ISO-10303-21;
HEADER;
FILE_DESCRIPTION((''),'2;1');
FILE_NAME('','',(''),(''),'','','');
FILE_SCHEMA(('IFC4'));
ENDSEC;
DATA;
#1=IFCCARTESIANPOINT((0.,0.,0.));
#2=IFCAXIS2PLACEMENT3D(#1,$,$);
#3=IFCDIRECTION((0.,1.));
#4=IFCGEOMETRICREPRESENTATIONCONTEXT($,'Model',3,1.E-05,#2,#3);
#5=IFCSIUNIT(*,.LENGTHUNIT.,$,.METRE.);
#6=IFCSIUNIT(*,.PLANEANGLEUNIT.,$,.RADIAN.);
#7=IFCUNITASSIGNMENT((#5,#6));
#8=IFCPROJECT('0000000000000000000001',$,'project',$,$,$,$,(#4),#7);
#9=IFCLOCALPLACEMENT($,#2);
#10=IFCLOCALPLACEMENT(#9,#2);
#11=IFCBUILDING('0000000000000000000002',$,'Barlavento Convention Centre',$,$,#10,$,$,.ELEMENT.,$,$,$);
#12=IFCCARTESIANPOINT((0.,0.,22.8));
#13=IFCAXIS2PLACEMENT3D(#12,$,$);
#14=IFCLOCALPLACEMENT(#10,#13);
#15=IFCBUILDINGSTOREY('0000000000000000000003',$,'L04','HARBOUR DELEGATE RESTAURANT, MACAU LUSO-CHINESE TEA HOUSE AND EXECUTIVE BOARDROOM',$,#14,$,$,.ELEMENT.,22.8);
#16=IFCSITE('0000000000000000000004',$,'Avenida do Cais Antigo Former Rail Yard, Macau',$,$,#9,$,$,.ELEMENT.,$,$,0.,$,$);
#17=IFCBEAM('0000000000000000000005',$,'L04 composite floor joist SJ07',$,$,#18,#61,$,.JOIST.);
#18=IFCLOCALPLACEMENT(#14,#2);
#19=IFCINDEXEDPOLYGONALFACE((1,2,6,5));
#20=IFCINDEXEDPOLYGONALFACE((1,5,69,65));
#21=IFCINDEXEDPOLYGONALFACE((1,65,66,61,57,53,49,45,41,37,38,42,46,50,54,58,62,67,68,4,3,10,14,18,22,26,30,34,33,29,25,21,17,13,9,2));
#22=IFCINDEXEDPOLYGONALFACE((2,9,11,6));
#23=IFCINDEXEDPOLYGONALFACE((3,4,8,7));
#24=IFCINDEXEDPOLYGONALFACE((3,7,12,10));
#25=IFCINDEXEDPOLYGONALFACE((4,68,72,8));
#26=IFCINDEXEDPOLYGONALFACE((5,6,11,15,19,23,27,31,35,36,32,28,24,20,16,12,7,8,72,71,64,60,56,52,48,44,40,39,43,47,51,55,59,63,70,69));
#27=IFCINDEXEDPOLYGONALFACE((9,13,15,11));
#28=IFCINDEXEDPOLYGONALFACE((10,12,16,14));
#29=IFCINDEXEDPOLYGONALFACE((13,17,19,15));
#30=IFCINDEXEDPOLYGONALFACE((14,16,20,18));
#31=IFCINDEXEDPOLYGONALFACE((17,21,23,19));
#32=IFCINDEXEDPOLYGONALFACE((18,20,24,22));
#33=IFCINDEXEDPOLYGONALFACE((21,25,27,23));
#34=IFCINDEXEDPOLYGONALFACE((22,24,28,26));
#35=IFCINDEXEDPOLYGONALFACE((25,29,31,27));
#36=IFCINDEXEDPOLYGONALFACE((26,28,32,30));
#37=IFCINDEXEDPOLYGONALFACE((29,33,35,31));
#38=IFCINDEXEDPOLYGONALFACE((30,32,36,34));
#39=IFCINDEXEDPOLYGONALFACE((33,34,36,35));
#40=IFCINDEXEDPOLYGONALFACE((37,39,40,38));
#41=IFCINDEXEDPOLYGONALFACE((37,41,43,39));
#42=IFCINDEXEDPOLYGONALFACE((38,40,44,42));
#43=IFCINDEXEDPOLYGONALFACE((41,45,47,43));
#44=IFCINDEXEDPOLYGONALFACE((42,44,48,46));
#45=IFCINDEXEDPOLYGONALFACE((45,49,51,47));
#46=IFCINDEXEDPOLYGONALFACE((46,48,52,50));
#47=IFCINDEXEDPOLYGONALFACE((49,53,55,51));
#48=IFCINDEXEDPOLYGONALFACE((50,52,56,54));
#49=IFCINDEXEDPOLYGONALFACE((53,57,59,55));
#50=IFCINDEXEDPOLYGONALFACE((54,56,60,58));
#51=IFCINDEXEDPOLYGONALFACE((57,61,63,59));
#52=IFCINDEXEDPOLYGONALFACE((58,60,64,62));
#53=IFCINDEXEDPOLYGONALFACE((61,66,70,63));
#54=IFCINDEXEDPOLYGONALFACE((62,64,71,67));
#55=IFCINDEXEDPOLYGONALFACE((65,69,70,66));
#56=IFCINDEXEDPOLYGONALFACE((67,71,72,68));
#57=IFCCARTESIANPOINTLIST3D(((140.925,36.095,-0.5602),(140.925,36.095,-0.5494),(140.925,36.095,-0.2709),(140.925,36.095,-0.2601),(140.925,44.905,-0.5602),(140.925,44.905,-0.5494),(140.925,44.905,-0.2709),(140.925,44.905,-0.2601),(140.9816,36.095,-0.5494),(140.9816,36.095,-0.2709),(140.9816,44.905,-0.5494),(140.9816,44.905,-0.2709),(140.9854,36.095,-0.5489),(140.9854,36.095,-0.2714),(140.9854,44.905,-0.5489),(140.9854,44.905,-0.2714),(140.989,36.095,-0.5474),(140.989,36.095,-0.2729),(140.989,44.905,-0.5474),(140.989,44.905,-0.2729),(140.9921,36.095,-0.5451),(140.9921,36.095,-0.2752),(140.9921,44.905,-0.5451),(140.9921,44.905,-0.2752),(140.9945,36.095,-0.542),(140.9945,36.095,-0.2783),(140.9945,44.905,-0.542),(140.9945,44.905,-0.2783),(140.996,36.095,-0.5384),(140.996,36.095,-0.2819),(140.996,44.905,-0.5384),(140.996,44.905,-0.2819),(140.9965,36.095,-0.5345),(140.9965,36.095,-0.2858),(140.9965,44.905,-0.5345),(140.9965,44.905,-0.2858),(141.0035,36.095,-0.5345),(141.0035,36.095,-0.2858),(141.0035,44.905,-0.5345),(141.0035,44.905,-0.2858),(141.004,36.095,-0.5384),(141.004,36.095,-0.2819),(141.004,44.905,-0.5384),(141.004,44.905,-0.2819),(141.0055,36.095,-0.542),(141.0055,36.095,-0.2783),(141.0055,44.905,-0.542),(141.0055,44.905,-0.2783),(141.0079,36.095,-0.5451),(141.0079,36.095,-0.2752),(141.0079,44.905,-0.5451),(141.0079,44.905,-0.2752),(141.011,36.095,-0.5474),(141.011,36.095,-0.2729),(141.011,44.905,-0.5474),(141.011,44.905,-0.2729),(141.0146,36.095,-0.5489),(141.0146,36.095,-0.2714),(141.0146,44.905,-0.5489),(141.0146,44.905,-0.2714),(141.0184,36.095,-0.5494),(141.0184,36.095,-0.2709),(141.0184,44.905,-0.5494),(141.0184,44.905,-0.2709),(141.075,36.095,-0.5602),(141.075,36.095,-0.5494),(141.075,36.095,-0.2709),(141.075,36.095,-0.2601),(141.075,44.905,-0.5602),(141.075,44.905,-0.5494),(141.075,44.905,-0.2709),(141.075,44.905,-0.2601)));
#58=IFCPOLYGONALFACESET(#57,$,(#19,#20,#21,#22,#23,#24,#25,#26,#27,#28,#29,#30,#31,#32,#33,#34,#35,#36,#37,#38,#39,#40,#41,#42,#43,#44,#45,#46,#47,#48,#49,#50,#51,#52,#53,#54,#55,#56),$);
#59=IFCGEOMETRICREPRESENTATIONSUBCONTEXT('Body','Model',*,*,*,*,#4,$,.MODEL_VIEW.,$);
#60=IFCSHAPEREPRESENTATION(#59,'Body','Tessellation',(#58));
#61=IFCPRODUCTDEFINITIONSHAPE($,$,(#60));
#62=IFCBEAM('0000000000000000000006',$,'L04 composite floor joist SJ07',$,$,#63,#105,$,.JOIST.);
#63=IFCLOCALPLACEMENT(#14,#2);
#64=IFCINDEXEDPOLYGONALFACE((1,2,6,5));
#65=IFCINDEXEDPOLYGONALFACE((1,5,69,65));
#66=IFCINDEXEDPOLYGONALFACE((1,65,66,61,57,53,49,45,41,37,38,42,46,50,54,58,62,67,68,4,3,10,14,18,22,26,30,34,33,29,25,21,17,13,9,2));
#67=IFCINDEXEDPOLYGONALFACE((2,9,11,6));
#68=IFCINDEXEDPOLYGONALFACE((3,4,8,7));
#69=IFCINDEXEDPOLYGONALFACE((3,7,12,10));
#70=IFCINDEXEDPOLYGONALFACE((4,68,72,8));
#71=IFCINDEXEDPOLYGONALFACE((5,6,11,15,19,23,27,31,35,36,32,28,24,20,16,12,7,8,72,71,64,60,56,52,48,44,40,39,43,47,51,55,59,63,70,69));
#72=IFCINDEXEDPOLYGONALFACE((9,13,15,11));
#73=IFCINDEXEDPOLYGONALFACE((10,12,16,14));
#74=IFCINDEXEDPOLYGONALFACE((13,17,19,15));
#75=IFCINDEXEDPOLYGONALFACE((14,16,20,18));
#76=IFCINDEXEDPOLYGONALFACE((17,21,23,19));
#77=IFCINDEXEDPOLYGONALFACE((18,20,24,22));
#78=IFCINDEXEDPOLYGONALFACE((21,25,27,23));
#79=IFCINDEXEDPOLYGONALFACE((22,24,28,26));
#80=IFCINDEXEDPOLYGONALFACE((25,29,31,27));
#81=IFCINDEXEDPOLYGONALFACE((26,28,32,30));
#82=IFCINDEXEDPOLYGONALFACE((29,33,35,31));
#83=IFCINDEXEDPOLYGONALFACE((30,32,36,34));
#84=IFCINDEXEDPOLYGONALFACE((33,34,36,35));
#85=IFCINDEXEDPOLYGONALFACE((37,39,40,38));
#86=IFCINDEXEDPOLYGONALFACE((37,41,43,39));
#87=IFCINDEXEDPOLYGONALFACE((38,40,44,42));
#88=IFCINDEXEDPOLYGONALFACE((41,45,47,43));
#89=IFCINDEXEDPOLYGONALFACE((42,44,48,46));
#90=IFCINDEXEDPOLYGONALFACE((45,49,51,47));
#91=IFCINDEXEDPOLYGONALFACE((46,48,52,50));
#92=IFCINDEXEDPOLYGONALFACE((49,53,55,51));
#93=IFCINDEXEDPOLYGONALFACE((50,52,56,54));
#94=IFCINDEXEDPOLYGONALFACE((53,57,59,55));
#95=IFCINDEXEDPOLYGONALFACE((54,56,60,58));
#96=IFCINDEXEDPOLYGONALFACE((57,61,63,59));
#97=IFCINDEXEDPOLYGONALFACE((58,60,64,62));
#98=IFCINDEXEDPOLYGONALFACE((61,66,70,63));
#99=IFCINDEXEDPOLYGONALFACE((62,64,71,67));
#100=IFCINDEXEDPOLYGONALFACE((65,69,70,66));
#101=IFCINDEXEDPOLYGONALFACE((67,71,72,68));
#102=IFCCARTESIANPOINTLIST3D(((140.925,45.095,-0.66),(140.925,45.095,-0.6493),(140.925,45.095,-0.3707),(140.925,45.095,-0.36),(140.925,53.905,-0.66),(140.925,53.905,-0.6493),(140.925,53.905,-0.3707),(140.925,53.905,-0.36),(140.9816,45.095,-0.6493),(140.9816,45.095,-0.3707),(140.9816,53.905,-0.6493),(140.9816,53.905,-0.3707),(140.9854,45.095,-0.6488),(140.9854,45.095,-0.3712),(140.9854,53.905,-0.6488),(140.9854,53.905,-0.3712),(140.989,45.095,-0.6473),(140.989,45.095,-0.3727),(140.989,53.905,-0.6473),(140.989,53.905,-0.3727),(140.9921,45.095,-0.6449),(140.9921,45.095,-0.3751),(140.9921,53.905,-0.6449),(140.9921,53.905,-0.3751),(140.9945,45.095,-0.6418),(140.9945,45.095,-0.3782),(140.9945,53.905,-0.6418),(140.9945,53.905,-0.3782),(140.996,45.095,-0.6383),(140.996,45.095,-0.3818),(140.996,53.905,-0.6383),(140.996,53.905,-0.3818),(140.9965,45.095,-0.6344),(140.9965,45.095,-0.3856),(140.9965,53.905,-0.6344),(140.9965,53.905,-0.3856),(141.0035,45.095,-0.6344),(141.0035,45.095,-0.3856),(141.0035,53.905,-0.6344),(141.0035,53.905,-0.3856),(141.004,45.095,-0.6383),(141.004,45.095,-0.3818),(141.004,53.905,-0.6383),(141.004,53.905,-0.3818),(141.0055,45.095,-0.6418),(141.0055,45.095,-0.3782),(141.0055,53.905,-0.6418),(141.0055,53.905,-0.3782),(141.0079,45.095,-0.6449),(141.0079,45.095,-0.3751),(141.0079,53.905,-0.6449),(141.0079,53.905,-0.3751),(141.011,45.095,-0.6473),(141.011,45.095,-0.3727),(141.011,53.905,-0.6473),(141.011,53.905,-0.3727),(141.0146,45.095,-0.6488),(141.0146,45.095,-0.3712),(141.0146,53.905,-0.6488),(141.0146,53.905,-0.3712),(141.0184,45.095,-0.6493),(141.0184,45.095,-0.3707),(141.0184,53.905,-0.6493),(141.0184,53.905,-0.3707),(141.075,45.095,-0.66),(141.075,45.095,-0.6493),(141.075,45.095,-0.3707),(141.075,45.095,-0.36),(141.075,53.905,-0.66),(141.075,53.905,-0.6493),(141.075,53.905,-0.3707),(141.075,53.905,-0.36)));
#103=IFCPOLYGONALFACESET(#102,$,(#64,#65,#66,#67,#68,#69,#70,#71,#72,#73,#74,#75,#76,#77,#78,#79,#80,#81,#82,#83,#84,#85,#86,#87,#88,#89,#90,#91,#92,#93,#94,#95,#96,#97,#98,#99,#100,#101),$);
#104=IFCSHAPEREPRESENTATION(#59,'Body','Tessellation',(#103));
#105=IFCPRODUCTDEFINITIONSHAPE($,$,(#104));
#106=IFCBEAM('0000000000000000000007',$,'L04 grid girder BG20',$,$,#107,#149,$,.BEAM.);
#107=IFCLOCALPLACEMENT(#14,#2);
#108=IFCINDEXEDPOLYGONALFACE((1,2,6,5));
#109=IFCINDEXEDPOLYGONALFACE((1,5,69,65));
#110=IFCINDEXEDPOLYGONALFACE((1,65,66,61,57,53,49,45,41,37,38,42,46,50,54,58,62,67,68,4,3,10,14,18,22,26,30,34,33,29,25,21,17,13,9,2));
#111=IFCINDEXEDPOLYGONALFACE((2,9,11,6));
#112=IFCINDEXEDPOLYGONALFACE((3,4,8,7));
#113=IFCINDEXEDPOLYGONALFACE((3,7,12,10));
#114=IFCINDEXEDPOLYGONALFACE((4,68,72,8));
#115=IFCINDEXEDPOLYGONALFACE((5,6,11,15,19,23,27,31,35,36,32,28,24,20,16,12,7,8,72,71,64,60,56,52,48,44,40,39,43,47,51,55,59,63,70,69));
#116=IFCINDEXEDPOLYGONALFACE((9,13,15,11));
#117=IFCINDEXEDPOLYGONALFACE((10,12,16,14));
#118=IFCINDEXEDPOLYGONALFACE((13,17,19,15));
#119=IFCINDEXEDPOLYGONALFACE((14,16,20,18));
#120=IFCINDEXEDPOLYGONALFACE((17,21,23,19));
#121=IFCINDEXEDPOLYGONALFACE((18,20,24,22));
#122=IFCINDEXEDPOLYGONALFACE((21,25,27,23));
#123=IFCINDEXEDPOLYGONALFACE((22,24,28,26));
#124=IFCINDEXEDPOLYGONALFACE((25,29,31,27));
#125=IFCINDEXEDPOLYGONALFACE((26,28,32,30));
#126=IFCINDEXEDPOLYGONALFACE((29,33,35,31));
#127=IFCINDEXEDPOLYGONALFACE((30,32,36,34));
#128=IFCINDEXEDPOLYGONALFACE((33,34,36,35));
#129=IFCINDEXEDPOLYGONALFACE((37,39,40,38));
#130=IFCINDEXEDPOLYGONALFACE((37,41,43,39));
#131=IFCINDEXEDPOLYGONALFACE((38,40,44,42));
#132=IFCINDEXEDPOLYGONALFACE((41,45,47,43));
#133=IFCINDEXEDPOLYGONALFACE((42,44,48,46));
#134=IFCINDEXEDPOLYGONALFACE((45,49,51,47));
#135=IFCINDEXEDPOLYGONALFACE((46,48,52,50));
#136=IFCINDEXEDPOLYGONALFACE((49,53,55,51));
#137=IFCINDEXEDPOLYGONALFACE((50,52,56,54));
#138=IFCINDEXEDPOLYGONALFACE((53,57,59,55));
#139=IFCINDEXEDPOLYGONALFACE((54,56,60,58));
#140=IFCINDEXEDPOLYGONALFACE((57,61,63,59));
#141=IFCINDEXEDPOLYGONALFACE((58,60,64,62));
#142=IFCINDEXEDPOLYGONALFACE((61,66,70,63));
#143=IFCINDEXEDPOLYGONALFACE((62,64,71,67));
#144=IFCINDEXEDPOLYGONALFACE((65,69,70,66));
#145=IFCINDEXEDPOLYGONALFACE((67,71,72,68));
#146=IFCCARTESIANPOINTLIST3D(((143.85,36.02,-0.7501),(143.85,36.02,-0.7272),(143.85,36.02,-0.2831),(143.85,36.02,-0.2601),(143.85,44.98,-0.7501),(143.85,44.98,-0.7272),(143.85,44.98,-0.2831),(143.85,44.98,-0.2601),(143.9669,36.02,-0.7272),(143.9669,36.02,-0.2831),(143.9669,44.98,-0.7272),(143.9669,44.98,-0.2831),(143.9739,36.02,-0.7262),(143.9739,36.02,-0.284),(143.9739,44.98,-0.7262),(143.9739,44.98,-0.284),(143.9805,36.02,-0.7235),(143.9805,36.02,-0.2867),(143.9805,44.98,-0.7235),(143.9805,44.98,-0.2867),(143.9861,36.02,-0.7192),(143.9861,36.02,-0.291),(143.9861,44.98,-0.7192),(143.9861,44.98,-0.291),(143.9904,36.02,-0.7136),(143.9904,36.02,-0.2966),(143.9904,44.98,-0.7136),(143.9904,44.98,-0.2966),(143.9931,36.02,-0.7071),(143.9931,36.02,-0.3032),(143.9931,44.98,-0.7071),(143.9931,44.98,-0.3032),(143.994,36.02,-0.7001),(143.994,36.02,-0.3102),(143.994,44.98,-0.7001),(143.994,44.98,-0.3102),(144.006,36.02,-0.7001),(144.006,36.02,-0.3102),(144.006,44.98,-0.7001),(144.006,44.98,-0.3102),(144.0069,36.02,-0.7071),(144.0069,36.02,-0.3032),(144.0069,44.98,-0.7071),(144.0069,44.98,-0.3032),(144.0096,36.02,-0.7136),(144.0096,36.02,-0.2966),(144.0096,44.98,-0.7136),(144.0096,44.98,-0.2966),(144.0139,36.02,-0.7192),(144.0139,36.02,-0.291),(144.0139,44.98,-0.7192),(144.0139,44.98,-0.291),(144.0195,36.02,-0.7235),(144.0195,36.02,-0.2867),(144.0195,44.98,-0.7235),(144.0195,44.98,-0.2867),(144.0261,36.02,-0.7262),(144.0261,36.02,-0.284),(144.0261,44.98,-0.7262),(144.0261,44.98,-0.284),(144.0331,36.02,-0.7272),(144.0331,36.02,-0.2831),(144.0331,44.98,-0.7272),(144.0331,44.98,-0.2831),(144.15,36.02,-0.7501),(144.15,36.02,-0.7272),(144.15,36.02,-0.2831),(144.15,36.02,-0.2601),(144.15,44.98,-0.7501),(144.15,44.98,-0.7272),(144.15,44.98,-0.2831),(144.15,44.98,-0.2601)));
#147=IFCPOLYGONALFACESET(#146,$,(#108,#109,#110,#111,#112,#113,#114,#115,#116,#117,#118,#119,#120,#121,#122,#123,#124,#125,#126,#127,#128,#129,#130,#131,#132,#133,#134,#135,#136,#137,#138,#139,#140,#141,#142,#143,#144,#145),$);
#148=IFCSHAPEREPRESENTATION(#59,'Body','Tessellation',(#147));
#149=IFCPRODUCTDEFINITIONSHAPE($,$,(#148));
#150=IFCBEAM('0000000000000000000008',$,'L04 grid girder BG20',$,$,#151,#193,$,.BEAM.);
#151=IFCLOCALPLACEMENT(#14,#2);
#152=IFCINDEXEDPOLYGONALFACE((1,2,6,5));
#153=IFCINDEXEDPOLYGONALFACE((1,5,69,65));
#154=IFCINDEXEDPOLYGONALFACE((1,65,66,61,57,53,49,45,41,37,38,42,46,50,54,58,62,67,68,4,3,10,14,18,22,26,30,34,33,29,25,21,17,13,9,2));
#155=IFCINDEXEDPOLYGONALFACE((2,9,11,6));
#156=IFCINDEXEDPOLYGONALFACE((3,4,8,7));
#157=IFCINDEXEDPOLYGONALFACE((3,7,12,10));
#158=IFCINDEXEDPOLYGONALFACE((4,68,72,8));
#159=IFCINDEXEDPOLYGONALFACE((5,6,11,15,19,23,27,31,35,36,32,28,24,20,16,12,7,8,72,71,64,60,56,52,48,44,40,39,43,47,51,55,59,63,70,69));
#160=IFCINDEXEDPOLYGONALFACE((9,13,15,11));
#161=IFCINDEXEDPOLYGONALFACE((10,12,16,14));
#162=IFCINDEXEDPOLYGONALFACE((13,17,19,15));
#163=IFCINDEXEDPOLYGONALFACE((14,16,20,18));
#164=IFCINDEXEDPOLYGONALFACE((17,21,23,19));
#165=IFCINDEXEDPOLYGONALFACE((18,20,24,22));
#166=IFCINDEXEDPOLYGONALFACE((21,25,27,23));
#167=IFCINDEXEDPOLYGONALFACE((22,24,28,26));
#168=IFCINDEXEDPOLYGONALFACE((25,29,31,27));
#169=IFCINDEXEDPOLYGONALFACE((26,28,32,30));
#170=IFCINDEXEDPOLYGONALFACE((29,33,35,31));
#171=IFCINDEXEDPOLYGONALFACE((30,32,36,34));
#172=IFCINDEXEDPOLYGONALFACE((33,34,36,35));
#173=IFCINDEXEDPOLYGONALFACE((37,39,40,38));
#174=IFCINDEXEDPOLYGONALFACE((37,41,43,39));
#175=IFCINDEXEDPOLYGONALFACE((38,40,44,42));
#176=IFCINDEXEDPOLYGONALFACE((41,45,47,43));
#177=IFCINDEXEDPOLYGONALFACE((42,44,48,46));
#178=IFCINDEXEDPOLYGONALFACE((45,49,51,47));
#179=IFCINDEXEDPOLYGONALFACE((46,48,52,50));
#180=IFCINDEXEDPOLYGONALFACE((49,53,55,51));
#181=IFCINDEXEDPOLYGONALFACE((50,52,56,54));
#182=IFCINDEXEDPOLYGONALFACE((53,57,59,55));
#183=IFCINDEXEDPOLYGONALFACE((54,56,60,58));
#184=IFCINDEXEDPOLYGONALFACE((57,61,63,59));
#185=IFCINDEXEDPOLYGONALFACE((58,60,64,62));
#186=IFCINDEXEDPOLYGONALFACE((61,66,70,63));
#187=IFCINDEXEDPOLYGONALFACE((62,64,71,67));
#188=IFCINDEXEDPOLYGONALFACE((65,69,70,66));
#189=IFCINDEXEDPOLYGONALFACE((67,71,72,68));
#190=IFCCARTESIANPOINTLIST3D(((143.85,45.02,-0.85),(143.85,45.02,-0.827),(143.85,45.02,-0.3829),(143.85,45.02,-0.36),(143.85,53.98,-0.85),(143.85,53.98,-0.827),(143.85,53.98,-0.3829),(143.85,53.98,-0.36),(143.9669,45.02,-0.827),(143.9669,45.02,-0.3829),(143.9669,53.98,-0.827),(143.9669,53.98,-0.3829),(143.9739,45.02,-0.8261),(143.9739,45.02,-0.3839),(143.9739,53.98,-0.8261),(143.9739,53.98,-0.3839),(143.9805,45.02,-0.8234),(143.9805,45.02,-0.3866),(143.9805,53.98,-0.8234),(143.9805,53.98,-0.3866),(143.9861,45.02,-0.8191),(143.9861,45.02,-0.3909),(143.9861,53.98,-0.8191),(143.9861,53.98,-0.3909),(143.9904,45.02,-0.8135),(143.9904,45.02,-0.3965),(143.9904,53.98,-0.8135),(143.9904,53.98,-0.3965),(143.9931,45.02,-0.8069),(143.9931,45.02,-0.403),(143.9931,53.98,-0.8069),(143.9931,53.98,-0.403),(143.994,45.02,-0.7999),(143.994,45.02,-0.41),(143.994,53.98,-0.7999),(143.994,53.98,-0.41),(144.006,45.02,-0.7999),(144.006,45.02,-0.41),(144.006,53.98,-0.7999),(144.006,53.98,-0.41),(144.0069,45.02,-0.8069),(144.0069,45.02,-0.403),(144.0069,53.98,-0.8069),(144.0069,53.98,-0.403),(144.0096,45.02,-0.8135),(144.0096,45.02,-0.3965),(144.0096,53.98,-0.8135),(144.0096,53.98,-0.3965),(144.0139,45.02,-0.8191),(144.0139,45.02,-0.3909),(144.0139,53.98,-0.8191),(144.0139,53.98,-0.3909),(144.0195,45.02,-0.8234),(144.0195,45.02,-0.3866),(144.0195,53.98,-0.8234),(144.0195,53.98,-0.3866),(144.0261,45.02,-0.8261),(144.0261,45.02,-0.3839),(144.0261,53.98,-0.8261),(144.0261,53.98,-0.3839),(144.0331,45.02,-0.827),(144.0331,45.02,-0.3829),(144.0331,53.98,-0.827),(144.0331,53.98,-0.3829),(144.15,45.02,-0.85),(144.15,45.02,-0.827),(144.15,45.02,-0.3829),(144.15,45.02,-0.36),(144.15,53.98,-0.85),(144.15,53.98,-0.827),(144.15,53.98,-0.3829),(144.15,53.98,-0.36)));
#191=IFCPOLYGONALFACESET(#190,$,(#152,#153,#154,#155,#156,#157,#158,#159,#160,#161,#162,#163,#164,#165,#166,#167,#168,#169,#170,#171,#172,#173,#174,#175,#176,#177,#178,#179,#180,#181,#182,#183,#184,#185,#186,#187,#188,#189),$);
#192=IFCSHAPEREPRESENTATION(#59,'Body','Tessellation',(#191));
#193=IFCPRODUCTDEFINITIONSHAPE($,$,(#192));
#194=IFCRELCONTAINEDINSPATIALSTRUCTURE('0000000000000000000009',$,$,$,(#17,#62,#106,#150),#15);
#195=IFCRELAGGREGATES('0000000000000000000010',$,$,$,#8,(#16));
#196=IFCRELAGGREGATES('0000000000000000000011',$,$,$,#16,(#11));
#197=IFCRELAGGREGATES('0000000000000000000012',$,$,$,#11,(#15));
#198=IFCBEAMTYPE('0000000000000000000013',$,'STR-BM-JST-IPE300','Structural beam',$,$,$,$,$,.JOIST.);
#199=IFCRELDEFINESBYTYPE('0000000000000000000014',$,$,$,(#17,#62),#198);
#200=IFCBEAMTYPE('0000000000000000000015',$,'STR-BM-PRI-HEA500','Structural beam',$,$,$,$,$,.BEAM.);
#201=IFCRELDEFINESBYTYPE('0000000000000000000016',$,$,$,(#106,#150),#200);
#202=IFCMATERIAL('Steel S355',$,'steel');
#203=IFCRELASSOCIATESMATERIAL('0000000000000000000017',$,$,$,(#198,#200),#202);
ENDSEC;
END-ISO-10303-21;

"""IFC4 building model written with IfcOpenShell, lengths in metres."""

from ifc_helpers import new_model, si_unit, direction, frame, origin, origin_2d, place, context, subcontext, project, spatial, i_section, extrude, material, material_profile, profile_set, type_object, element, save


model = new_model("IFC4")

# Units and contexts
model_context = context("Model", 3, precision=1e-05, world=origin(), true_north=direction((0.0, 1.0)))
body_context = subcontext(model_context, "Body", "Model", "MODEL_VIEW")
ifc_project = project(units=[si_unit("LENGTHUNIT", "METRE"), si_unit("PLANEANGLEUNIT", "RADIAN")], contexts=[model_context])

# Site, building, storey
site_placement = place(None, origin())
site = spatial("IfcSite", under=ifc_project, at=site_placement, Name="Avenida do Cais Antigo Former Rail Yard, Macau", CompositionType="ELEMENT", RefElevation=0.0)
building_placement = place(site_placement, origin())
building = spatial("IfcBuilding", under=site, at=building_placement, Name="Barlavento Convention Centre", CompositionType="ELEMENT")
storey_placement = place(building_placement, frame((0.0, 0.0, 22.8)))
storey = spatial("IfcBuildingStorey", under=building, at=storey_placement, Name="L04", Description="HARBOUR DELEGATE RESTAURANT, MACAU LUSO-CHINESE TEA HOUSE AND EXECUTIVE BOARDROOM", CompositionType="ELEMENT", Elevation=22.8)

# Beams
ifc_material_1 = material(Name="Steel S355", Category="steel")
ifc_material_profile_1 = material_profile(ifc_material_1, i_section(OverallWidth=0.1499, OverallDepth=0.3, WebThickness=0.0071, FlangeThickness=0.0107, FilletRadius=0.0149, at=origin_2d()), Name="IPE 300")
ifc_profile_set_1 = profile_set([ifc_material_profile_1], Name="Steel S355")
beam_type_1 = type_object("IfcBeamType", Name="STR-BM-JST-IPE300", Description="Structural beam", PredefinedType="JOIST", material=ifc_profile_set_1)
for number, where, z_axis, x_axis, name in (
    (1, (141.0, 36.095, -0.4102), (0.0, 1.0, 0.0), (-1.0, 0.0, 0.0), "L04 composite floor joist SJ07"),
    (2, (141.0, 45.095, -0.51), (0.0, 1.0, 0.0), (-1.0, 0.0, 0.0), "L04 composite floor joist SJ07"),
):
    element("IfcBeam", number, at=place(storey_placement, frame(where, z_axis=z_axis, x_axis=x_axis)), inside=storey, type_object=beam_type_1, Name=name, PredefinedType="JOIST", context=body_context, shape_type="SweptSolid", body=[
        extrude(i_section(OverallWidth=0.1499, OverallDepth=0.3, WebThickness=0.0071, FlangeThickness=0.0107, FilletRadius=0.0149, at=origin_2d()), origin(), (0.0, 0.0, 1.0), 8.8101),
    ])
ifc_material_profile_2 = material_profile(ifc_material_1, i_section(OverallWidth=0.3, OverallDepth=0.49, WebThickness=0.012, FlangeThickness=0.0229, FilletRadius=0.0271, at=origin_2d()), Name="HEA 500")
ifc_profile_set_2 = profile_set([ifc_material_profile_2], Name="Steel S355")
beam_type_2 = type_object("IfcBeamType", Name="STR-BM-PRI-HEA500", Description="Structural beam", PredefinedType="BEAM", material=ifc_profile_set_2)
for number, where, z_axis, x_axis, name in (
    (3, (144.0, 36.02, -0.5051), (0.0, 1.0, 0.0), (-1.0, 0.0, 0.0), "L04 grid girder BG20"),
    (4, (144.0, 45.02, -0.605), (0.0, 1.0, 0.0), (-1.0, 0.0, 0.0), "L04 grid girder BG20"),
):
    element("IfcBeam", number, at=place(storey_placement, frame(where, z_axis=z_axis, x_axis=x_axis)), inside=storey, type_object=beam_type_2, Name=name, PredefinedType="BEAM", context=body_context, shape_type="SweptSolid", body=[
        extrude(i_section(OverallWidth=0.3, OverallDepth=0.49, WebThickness=0.012, FlangeThickness=0.0229, FilletRadius=0.0271, at=origin_2d()), origin(), (0.0, 0.0, 1.0), 8.96),
    ])

save(model, "model.ifc")
